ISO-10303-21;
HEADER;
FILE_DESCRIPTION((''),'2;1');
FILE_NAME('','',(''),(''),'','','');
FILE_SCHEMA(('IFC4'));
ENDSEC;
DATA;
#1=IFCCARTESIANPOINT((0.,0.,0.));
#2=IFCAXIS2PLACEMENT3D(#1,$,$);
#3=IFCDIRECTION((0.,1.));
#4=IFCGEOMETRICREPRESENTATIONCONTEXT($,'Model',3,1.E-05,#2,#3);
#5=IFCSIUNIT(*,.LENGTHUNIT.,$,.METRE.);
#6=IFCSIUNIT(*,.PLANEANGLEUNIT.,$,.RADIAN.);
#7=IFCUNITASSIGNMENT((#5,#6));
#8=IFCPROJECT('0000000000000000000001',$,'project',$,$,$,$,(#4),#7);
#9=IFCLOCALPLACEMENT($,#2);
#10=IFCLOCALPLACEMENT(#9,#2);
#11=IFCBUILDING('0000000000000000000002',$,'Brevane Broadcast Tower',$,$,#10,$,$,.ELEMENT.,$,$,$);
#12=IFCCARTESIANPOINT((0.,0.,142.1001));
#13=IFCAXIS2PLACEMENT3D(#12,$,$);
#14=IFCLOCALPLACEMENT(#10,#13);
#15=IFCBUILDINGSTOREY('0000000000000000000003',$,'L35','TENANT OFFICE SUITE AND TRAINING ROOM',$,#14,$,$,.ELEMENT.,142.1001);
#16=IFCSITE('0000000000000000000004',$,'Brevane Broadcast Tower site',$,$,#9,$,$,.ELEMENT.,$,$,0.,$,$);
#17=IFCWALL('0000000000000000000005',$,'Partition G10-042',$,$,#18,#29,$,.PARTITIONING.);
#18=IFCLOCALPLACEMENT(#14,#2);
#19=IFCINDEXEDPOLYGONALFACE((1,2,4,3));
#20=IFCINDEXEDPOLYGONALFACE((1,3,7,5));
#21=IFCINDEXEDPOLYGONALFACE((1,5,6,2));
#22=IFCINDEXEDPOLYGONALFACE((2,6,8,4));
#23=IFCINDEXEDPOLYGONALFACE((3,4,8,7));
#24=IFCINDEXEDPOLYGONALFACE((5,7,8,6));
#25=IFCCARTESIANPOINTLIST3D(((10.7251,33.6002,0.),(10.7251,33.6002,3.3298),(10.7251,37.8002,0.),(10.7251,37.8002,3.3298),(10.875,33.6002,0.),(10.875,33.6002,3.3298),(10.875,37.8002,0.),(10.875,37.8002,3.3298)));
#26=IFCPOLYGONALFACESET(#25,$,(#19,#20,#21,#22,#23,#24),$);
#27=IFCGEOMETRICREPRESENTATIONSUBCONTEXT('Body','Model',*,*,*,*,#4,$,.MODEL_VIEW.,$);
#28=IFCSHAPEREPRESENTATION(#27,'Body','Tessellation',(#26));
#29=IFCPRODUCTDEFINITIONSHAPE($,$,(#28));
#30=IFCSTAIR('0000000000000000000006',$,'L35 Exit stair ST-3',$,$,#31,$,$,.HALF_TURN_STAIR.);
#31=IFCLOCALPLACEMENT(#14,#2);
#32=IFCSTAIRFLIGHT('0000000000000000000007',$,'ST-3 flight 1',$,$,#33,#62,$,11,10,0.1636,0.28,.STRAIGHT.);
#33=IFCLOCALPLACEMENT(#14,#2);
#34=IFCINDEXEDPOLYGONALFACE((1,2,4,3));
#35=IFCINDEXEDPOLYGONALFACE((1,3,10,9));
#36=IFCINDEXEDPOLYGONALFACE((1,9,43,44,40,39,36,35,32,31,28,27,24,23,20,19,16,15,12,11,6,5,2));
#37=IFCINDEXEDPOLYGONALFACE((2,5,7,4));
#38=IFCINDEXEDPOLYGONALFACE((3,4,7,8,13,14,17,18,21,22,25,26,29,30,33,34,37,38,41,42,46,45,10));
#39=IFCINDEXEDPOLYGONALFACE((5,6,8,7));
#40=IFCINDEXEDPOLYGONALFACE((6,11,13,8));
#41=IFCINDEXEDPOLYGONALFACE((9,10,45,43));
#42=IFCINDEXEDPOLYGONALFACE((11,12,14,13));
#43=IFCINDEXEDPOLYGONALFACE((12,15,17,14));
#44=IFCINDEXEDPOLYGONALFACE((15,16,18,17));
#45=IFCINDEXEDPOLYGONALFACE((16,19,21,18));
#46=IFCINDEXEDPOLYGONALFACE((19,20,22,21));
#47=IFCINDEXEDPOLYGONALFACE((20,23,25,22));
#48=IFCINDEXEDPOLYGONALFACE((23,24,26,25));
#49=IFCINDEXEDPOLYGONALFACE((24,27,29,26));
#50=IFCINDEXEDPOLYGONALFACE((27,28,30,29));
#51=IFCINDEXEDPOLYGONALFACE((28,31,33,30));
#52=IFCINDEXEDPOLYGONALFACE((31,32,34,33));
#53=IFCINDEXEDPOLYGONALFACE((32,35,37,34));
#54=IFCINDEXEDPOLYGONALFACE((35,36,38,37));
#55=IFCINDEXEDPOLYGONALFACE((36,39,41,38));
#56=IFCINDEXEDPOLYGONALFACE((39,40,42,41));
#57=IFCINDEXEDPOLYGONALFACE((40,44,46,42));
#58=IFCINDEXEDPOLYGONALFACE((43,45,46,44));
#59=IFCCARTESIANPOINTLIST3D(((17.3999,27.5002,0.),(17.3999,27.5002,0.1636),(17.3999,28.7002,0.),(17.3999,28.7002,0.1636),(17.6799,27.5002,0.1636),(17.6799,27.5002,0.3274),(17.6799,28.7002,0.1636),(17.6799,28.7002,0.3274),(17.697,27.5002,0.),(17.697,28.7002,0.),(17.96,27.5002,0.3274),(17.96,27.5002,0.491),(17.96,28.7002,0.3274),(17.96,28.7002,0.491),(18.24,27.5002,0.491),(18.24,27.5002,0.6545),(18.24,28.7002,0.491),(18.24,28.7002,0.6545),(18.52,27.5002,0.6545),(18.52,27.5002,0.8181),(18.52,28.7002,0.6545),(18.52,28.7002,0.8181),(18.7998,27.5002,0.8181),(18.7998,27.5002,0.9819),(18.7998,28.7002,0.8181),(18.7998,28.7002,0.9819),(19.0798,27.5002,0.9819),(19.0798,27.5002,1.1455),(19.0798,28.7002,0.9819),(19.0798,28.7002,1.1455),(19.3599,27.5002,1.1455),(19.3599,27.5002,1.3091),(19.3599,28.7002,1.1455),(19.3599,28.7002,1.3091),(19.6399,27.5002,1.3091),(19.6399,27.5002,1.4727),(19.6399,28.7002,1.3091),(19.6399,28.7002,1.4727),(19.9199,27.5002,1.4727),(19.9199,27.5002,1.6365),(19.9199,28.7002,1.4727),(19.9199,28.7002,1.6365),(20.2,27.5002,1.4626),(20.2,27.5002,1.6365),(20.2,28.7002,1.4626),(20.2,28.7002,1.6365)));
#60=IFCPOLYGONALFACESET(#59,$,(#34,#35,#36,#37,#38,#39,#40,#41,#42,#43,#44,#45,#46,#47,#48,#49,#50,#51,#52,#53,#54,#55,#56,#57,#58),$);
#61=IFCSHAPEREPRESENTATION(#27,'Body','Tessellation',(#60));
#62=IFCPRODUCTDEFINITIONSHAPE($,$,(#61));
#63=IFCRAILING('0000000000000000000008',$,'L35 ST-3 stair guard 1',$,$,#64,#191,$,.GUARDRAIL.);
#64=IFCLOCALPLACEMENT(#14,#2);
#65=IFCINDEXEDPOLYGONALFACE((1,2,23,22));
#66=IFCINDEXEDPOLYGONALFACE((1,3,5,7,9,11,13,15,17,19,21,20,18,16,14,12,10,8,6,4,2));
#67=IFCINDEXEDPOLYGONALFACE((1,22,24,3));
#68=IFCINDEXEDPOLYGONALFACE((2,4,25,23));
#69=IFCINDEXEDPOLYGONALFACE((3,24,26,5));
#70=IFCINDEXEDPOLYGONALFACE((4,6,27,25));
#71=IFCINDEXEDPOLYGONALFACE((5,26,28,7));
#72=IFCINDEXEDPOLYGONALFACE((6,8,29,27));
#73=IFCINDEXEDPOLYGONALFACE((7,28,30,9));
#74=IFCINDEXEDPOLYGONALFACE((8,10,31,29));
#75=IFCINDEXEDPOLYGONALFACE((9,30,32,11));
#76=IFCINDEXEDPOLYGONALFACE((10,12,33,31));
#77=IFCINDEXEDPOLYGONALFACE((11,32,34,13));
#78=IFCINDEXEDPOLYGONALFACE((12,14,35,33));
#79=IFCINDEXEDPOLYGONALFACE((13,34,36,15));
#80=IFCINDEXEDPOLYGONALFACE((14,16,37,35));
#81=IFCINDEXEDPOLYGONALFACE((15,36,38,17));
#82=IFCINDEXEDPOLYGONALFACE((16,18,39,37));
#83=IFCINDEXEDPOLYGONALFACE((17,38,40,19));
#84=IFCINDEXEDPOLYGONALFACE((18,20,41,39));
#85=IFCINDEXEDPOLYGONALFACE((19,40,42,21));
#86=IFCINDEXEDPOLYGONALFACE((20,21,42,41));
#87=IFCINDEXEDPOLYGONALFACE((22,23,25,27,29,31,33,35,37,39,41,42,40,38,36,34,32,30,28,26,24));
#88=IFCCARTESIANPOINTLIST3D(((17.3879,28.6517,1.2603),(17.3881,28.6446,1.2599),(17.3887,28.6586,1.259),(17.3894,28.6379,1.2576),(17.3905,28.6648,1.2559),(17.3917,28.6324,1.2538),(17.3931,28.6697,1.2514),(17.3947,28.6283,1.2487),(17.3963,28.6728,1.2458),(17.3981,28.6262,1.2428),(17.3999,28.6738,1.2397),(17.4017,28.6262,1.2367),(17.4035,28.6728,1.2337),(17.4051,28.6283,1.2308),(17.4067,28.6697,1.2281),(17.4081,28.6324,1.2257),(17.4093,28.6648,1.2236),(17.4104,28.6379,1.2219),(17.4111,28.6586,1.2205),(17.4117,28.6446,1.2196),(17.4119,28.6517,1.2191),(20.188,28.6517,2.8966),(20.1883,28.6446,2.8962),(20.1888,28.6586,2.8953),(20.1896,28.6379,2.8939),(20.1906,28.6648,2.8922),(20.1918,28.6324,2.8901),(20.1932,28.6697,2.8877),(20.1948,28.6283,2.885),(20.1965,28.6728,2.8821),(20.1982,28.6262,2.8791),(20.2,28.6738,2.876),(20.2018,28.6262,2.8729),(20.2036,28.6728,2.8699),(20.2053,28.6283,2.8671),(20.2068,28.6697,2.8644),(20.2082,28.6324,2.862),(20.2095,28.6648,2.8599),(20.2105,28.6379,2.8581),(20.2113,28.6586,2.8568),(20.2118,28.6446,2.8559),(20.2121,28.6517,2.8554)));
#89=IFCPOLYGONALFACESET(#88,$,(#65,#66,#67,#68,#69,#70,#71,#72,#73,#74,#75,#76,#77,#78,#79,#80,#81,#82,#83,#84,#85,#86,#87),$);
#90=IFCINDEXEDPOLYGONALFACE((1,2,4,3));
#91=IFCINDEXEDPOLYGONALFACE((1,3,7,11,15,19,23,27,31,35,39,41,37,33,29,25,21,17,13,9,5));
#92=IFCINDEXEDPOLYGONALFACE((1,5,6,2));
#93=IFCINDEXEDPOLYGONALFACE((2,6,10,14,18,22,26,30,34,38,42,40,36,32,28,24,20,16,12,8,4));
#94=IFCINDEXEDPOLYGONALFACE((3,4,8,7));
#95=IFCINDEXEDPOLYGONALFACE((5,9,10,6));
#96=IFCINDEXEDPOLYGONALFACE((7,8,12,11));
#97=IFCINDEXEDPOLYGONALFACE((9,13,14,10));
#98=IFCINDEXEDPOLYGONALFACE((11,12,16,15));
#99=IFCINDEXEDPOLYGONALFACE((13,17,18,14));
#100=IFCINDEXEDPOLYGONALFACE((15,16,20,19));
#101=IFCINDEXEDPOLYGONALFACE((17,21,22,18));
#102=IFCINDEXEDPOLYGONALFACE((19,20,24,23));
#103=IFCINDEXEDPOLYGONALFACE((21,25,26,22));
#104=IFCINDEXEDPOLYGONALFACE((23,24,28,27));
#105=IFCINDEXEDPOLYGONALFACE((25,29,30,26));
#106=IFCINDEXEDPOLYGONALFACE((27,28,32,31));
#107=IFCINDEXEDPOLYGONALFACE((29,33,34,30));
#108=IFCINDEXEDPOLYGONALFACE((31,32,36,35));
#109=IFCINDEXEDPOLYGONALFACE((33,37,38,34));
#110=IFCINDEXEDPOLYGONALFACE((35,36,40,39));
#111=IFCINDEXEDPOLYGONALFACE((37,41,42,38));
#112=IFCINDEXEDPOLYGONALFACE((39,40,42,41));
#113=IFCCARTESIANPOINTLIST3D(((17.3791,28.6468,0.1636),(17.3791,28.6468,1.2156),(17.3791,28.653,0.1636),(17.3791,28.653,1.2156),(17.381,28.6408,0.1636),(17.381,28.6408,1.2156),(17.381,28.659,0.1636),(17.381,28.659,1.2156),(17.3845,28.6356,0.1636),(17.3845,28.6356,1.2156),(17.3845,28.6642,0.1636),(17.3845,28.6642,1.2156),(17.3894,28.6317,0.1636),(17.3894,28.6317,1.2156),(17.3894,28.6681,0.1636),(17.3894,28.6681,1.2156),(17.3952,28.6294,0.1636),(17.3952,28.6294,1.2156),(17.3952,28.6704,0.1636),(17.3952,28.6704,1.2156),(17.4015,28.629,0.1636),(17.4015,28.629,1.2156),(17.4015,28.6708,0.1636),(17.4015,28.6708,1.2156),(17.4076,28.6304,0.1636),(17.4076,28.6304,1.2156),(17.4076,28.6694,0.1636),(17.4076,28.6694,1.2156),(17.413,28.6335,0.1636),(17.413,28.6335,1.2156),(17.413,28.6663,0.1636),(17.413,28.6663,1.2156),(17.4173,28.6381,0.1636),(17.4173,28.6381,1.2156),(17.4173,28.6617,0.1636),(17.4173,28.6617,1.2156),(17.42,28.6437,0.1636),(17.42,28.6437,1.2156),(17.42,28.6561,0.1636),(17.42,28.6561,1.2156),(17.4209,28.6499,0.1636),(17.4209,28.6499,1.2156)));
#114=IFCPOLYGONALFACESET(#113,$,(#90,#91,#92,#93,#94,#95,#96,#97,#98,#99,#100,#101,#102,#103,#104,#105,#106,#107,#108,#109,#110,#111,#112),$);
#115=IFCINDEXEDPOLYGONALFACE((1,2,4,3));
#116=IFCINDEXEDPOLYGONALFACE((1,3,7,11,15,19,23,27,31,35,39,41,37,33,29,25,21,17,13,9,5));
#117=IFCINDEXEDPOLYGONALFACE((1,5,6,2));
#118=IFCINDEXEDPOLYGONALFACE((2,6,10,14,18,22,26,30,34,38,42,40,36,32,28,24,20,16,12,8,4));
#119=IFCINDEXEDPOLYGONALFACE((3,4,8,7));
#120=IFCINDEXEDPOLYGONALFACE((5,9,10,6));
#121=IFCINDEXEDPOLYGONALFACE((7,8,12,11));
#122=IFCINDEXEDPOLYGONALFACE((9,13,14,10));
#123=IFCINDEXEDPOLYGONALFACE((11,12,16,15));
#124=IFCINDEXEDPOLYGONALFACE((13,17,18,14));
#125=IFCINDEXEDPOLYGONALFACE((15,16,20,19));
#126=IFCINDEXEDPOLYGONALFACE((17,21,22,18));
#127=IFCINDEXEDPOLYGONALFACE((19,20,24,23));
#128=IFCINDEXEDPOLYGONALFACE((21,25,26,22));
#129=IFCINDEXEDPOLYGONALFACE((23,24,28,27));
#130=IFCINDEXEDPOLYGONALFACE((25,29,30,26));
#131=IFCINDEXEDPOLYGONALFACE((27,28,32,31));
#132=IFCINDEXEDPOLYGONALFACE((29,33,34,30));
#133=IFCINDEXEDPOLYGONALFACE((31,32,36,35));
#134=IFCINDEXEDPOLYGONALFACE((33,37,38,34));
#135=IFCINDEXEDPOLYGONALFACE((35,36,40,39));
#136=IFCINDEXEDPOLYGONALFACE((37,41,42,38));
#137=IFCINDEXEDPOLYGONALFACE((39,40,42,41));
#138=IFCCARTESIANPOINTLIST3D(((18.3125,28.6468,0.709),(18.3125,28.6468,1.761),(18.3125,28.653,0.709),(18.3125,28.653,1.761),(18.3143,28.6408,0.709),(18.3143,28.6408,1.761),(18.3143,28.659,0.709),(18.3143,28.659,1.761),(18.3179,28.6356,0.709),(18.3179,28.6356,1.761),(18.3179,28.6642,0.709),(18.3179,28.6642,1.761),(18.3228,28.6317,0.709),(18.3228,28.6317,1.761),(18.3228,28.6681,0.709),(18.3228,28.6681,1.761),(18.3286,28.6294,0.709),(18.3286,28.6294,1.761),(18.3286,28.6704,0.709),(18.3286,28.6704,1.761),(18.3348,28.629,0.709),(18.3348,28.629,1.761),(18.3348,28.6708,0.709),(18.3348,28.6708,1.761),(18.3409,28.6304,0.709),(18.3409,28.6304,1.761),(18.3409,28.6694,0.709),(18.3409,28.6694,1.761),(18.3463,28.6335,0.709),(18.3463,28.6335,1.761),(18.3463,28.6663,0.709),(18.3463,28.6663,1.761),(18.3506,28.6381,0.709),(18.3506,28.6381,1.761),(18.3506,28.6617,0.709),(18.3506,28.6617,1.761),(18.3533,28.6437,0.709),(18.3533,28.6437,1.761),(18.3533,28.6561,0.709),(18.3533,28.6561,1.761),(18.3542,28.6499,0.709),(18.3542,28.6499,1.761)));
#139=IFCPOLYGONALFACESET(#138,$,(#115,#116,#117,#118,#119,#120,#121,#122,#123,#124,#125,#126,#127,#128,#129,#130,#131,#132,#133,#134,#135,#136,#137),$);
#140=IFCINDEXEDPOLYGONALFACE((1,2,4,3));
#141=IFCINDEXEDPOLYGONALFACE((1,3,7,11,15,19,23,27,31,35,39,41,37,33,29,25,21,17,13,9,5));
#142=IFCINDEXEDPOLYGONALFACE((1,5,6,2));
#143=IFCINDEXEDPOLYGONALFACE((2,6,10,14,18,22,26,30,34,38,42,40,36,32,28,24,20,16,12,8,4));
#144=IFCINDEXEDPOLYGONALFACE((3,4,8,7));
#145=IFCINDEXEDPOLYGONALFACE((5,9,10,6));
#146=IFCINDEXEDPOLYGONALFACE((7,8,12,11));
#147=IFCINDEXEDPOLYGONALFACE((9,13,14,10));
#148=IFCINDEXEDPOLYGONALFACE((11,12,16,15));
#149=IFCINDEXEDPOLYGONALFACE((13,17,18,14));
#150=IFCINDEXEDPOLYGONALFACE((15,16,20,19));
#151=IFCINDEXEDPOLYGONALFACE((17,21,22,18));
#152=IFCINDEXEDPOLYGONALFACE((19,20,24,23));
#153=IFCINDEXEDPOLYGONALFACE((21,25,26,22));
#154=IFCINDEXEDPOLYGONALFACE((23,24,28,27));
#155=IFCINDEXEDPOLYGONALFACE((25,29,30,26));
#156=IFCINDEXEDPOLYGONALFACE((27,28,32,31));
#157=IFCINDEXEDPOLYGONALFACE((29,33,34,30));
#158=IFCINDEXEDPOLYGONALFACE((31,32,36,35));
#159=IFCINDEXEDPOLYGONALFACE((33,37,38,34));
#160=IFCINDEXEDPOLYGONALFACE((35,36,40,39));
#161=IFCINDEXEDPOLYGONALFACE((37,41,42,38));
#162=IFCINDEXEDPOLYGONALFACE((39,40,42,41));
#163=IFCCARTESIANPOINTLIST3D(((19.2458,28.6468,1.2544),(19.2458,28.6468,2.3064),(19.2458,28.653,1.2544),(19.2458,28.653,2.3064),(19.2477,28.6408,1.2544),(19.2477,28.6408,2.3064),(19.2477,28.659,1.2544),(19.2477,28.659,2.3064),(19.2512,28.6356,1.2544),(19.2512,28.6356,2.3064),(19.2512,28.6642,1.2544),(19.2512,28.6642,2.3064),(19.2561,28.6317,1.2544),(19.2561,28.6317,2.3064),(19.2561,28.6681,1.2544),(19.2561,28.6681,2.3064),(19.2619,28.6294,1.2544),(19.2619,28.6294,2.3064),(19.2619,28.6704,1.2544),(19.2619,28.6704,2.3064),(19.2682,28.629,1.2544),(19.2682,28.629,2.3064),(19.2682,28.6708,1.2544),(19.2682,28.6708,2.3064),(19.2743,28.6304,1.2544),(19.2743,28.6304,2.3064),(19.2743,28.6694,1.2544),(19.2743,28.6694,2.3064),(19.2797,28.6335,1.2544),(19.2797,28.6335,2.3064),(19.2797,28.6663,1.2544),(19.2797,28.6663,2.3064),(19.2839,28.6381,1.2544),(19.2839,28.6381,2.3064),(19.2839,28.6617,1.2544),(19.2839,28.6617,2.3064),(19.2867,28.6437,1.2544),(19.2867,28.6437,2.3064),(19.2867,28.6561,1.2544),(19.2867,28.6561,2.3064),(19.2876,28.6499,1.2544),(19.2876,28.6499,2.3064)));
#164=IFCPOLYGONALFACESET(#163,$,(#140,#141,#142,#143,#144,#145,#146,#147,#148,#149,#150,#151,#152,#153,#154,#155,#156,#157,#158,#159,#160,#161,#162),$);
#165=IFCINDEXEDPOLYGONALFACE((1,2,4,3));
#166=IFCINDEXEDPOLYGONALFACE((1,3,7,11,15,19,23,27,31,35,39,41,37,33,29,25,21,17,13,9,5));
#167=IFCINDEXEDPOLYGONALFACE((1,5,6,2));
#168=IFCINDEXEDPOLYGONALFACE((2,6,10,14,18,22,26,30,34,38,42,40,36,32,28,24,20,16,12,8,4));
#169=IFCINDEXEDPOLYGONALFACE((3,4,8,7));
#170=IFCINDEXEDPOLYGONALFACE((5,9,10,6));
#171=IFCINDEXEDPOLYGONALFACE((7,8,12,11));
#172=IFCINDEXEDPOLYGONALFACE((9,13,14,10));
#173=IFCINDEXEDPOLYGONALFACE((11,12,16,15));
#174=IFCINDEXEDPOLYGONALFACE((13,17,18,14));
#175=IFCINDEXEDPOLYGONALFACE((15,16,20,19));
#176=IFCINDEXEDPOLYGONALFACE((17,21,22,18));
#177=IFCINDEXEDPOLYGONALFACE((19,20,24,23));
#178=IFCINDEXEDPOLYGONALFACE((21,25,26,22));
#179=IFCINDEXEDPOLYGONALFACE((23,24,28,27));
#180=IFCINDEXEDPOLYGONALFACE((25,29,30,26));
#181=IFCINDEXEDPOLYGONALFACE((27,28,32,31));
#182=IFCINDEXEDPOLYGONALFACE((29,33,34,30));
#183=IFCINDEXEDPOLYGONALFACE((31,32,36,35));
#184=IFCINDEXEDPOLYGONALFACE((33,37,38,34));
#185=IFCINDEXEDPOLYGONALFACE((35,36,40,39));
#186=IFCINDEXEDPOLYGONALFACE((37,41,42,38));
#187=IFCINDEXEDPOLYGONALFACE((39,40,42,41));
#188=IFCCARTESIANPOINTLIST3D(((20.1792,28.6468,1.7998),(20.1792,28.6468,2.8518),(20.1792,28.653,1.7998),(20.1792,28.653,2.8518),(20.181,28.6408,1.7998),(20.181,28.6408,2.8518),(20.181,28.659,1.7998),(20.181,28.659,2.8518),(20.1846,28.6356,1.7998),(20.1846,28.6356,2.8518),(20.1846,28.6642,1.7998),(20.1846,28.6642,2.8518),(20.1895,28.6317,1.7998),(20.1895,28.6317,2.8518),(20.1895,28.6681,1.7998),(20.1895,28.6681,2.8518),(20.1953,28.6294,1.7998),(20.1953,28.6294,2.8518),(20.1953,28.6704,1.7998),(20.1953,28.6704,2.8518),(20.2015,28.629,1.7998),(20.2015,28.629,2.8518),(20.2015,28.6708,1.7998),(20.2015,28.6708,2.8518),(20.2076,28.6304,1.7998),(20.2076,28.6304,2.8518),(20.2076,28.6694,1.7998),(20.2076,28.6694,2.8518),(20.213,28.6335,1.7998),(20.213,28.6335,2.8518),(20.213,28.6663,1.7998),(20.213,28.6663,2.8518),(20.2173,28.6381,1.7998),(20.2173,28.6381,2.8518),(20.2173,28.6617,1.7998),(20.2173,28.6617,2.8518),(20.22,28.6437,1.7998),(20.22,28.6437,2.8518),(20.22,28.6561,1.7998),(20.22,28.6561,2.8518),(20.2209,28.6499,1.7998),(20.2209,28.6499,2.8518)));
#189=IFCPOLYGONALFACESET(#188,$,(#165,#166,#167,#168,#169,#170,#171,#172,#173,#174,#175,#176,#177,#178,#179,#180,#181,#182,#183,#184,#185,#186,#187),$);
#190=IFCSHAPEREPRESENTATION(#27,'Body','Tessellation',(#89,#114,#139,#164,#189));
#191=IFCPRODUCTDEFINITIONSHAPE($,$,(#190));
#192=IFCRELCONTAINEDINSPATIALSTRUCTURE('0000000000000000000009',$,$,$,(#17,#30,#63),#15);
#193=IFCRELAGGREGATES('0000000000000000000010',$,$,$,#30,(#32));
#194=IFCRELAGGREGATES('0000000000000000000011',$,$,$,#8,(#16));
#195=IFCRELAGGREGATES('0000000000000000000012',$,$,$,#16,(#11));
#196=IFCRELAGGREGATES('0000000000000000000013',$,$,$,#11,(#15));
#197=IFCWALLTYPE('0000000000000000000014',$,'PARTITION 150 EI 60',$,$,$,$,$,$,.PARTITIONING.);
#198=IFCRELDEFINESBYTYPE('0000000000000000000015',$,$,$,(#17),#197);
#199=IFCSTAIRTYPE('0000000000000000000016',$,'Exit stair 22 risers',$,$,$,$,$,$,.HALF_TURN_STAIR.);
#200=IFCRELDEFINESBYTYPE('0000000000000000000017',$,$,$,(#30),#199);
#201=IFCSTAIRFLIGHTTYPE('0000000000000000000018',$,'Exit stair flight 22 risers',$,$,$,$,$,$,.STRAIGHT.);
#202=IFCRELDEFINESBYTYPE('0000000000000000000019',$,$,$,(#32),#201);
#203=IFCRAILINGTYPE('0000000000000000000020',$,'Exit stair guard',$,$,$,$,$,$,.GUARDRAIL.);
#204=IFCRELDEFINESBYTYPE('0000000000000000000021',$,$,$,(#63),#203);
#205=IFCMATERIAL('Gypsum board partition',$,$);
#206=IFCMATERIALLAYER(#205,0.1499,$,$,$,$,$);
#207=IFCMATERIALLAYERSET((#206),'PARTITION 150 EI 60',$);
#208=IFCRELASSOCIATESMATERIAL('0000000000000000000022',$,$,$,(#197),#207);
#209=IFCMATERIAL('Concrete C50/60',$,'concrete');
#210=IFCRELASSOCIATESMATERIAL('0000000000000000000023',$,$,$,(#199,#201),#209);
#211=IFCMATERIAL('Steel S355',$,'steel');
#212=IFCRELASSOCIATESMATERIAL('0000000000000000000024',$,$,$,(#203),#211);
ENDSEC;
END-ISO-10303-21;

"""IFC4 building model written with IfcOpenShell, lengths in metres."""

from ifc_helpers import new_model, si_unit, direction, frame, frame_2d, origin, origin_2d, place, context, subcontext, project, spatial, polyline, rectangle, circle, outline, extrude, material, layer, layer_set, type_object, element, aggregate, save


model = new_model("IFC4")

# Units and contexts
model_context = context("Model", 3, precision=1e-05, world=origin(), true_north=direction((0.0, 1.0)))
body_context = subcontext(model_context, "Body", "Model", "MODEL_VIEW")
ifc_project = project(units=[si_unit("LENGTHUNIT", "METRE"), si_unit("PLANEANGLEUNIT", "RADIAN")], contexts=[model_context])

# Site, building, storey
site_placement = place(None, origin())
site = spatial("IfcSite", under=ifc_project, at=site_placement, Name="Brevane Broadcast Tower site", CompositionType="ELEMENT", RefElevation=0.0)
building_placement = place(site_placement, origin())
building = spatial("IfcBuilding", under=site, at=building_placement, Name="Brevane Broadcast Tower", CompositionType="ELEMENT")
storey_placement = place(building_placement, frame((0.0, 0.0, 142.1001)))
storey = spatial("IfcBuildingStorey", under=building, at=storey_placement, Name="L35", Description="TENANT OFFICE SUITE AND TRAINING ROOM", CompositionType="ELEMENT", Elevation=142.1001)

# Shared definitions
ifc_material_1 = material(Name="Gypsum board partition")
ifc_layer_1 = layer(ifc_material_1, 0.1499)
ifc_layer_set_1 = layer_set([ifc_layer_1], Name="PARTITION 150 EI 60")
wall_type_1 = type_object("IfcWallType", Name="PARTITION 150 EI 60", PredefinedType="PARTITIONING", material=ifc_layer_set_1)

# Wall
wall_1_placement = place(storey_placement, frame((10.8, 33.6001, 0.0), z_axis=(0.0, 0.0, 1.0), x_axis=(0.0, 1.0, 0.0)))
element("IfcWall", 1, at=wall_1_placement, inside=storey, type_object=wall_type_1, Name="Partition G10-042", PredefinedType="PARTITIONING", context=body_context, shape_type="SweptSolid", body=[
    extrude(rectangle(XDim=4.2, YDim=0.1499, at=frame_2d((2.1001, 0.0))), origin(), (0.0, 0.0, 1.0), 3.3298),
])

# Stair, stair flight
ifc_material_2 = material(Name="Concrete C50/60", Category="concrete")
stair_type = type_object("IfcStairType", Name="Exit stair 22 risers", PredefinedType="HALF_TURN_STAIR", material=ifc_material_2)
stair_placement = place(storey_placement, origin())
stair = element("IfcStair", 2, at=stair_placement, inside=storey, type_object=stair_type, Name="L35 Exit stair ST-3", PredefinedType="HALF_TURN_STAIR")
stair_flight_type = type_object("IfcStairFlightType", Name="Exit stair flight 22 risers", PredefinedType="STRAIGHT", material=ifc_material_2)
stair_flight_placement = place(storey_placement, frame((17.3999, 28.1001, 0.0), z_axis=(0.0, 0.0, 1.0), x_axis=(1.0, 0.0, 0.0)))
stair_flight = element("IfcStairFlight", 3, at=stair_flight_placement, type_object=stair_flight_type, Name="ST-3 flight 1", NumberOfRisers=11, NumberOfTreads=10, PredefinedType="STRAIGHT", RiserHeight=0.1636, TreadLength=0.28, context=body_context, shape_type="SweptSolid", body=[
    extrude(outline(polyline([(0.0, 0.0), (0.0, 0.1636), (0.28, 0.1636), (0.28, 0.3274), (0.5601, 0.3274), (0.5601, 0.491), (0.8401, 0.491), (0.8401, 0.6545), (1.1201, 0.6545), (1.1201, 0.8181), (1.3999, 0.8181), (1.3999, 0.9819), (1.6799, 0.9819), (1.6799, 1.1455), (1.96, 1.1455), (1.96, 1.3091), (2.24, 1.3091), (2.24, 1.4727), (2.52, 1.4727), (2.52, 1.6365), (2.8, 1.6365), (2.8, 1.8), (2.8, 1.4626), (0.2971, 0.0), (0.0, 0.0)])), frame((0.0, 0.6001, 0.0), z_axis=(0.0, -1.0, 0.0), x_axis=(1.0, 0.0, 0.0)), (0.0, 0.0, 1.0), 1.2),
])
aggregate(stair, [stair_flight])

# Railing
ifc_material_3 = material(Name="Steel S355", Category="steel")
railing_type_1 = type_object("IfcRailingType", Name="Exit stair guard", PredefinedType="GUARDRAIL", material=ifc_material_3)
railing_1_placement = place(storey_placement, frame((17.3999, 28.6499, 0.1636)))
element("IfcRailing", 4, at=railing_1_placement, inside=storey, type_object=railing_type_1, Name="L35 ST-3 stair guard 1", PredefinedType="GUARDRAIL", context=body_context, shape_type="SweptSolid", body=[
    extrude(circle(Radius=0.0239, at=origin_2d()), frame((0.0, 0.0, 1.0762), z_axis=(0.863394, 0.0, 0.504531), x_axis=(0.0, 1.0, 0.0)), (0.0, 0.0, 1.0), 3.2432),
    extrude(circle(Radius=0.021, at=origin_2d()), origin(), (0.0, 0.0, 1.0), 1.052),
    extrude(circle(Radius=0.021, at=origin_2d()), frame((0.9333, 0.0, 0.5454)), (0.0, 0.0, 1.0), 1.052),
    extrude(circle(Radius=0.021, at=origin_2d()), frame((1.8667, 0.0, 1.0908)), (0.0, 0.0, 1.0), 1.052),
    extrude(circle(Radius=0.021, at=origin_2d()), frame((2.8, 0.0, 1.6362)), (0.0, 0.0, 1.0), 1.052),
])

save(model, "model.ifc")
